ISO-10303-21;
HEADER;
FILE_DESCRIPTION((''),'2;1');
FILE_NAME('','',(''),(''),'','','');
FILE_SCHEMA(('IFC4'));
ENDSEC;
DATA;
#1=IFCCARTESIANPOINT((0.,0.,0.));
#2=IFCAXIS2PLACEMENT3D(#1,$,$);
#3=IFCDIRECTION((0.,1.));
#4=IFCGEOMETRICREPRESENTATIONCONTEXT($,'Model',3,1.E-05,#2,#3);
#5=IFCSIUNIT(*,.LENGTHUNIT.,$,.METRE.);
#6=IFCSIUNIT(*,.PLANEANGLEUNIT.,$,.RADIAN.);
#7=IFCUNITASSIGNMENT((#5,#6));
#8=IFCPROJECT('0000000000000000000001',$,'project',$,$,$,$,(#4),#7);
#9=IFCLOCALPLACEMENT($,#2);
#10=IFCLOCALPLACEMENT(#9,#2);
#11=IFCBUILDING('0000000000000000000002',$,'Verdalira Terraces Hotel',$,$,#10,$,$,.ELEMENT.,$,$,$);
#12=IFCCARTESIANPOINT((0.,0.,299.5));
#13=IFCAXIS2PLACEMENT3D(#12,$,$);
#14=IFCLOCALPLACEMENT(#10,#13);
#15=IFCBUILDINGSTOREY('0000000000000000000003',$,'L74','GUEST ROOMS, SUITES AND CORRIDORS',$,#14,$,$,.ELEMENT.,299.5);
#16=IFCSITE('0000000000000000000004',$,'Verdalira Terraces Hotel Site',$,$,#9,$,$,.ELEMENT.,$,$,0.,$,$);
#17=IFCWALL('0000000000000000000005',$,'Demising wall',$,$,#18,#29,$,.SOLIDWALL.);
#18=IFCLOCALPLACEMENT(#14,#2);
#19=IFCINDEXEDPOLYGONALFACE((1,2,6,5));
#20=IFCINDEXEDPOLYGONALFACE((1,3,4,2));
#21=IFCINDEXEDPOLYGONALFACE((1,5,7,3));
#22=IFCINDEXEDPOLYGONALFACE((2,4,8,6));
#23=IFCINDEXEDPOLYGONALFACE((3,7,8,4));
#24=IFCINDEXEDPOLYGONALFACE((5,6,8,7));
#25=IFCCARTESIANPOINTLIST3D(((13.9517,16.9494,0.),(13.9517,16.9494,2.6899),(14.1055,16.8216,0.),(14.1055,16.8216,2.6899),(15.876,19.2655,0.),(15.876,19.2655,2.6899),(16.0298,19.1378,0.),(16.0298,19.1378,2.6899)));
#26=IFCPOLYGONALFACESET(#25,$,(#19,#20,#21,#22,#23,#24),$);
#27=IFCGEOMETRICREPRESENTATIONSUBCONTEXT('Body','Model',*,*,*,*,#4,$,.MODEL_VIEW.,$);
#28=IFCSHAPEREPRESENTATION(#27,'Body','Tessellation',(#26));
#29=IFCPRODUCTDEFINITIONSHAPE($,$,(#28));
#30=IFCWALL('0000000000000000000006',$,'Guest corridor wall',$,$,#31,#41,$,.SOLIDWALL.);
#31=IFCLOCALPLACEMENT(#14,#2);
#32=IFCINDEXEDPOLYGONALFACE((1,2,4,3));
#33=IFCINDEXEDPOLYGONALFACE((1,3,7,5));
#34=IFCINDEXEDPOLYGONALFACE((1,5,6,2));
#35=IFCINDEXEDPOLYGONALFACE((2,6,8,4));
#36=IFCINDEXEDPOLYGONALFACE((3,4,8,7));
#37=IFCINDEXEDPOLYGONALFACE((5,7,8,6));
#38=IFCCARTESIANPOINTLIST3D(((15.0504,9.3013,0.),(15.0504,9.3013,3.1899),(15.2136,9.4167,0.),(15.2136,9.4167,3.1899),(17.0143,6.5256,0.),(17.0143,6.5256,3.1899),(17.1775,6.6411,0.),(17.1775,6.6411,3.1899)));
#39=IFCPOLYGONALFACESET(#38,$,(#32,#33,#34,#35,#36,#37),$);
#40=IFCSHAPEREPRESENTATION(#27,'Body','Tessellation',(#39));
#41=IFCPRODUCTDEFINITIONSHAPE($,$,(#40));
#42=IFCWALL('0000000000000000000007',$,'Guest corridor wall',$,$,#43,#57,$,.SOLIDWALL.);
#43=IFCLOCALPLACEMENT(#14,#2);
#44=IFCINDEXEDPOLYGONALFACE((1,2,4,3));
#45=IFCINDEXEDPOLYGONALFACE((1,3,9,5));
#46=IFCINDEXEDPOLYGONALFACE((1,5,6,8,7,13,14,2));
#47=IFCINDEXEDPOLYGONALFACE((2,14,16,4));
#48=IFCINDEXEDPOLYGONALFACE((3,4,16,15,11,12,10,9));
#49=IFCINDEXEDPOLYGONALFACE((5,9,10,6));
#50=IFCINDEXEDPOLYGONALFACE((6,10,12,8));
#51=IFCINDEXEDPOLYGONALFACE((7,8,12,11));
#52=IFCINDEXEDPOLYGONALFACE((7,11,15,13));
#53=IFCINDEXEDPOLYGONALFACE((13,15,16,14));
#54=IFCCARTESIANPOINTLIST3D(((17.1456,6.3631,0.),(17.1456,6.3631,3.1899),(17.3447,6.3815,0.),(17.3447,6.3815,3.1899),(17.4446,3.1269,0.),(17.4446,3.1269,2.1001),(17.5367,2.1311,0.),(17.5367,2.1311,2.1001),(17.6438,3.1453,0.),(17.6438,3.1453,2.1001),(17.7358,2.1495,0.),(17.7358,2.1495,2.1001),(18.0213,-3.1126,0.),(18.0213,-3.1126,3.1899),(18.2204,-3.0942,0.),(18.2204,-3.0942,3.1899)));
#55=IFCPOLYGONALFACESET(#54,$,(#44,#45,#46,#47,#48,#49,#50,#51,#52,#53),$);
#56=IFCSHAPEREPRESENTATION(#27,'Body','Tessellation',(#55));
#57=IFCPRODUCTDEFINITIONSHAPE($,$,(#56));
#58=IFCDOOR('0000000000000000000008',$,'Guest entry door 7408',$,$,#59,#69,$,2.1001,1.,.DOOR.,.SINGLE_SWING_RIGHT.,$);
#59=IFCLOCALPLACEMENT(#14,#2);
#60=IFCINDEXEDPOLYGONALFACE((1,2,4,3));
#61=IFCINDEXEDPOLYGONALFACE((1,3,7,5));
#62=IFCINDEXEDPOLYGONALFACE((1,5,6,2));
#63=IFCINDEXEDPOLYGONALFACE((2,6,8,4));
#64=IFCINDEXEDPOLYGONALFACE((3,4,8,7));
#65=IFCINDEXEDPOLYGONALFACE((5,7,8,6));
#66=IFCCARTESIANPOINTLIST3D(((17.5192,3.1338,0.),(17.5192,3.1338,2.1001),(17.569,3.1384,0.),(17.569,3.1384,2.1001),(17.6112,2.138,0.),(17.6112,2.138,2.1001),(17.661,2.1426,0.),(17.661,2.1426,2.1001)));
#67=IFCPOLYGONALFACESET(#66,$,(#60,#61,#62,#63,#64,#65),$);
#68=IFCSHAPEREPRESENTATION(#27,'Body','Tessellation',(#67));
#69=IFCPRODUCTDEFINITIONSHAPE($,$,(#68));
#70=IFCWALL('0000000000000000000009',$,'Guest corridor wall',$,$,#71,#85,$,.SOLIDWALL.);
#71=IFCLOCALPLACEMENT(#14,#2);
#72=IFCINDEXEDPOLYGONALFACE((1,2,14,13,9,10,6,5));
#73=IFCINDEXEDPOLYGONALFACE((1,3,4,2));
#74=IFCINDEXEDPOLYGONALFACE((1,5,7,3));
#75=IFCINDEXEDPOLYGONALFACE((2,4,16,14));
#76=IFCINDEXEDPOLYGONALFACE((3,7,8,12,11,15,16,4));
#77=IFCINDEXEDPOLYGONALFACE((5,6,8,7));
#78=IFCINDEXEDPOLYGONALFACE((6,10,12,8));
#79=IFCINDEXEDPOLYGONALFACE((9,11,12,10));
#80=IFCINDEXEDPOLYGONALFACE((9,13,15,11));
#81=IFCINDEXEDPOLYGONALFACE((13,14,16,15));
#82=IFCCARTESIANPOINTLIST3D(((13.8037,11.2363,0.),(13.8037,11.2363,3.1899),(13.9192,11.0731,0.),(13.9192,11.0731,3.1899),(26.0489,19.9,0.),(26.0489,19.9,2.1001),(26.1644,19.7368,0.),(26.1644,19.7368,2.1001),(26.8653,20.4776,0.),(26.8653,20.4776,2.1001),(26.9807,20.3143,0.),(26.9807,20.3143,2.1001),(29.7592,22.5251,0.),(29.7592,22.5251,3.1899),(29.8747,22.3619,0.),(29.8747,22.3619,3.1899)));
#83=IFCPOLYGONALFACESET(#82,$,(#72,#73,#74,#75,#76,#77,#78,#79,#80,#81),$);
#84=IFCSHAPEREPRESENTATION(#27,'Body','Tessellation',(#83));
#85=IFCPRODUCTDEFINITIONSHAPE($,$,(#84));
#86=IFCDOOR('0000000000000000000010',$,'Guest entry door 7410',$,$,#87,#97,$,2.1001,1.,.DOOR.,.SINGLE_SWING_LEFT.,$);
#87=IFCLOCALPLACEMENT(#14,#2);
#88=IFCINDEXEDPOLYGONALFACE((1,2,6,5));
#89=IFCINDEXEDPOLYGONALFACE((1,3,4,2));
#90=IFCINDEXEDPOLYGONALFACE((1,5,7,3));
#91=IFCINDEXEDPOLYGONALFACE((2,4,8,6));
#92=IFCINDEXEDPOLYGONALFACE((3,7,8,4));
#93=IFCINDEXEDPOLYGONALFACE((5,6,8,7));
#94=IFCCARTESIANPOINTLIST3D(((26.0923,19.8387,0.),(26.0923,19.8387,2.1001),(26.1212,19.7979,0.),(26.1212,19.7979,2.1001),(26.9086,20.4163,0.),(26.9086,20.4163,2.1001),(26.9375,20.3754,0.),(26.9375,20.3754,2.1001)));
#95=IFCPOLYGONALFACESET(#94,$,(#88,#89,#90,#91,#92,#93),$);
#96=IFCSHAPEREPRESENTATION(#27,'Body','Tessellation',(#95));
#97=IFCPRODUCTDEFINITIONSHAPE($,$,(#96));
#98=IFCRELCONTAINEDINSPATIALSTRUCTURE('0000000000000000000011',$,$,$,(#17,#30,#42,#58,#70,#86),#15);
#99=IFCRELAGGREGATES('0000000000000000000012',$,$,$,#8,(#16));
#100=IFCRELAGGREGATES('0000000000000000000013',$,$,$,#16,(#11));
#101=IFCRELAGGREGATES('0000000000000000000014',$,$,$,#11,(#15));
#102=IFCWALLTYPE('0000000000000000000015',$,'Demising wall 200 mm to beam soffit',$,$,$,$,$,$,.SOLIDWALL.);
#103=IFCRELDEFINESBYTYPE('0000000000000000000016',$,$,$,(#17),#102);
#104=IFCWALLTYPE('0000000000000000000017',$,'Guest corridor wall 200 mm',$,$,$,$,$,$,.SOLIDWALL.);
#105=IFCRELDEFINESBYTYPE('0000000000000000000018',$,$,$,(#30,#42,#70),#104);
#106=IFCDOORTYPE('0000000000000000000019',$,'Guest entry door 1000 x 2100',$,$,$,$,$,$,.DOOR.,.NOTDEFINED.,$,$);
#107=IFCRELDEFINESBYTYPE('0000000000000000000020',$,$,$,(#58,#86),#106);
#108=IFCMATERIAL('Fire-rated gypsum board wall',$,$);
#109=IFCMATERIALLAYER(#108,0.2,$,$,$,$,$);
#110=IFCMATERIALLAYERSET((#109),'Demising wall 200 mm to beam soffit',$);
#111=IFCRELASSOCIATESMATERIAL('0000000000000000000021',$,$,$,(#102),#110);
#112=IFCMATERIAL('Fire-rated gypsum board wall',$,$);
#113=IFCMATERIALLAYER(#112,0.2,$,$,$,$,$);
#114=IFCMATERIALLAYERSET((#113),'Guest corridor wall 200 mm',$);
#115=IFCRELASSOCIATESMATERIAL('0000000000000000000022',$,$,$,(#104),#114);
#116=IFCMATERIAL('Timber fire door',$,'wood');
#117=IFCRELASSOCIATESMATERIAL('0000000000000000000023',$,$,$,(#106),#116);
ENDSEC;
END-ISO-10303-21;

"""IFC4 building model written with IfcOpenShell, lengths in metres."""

from ifc_helpers import new_model, si_unit, direction, frame, frame_2d, origin, place, context, subcontext, project, spatial, rectangle, extrude, material, layer, layer_set, type_object, element, fill, save


model = new_model("IFC4")

# Units and contexts
model_context = context("Model", 3, precision=1e-05, world=origin(), true_north=direction((0.0, 1.0)))
body_context = subcontext(model_context, "Body", "Model", "MODEL_VIEW")
ifc_project = project(units=[si_unit("LENGTHUNIT", "METRE"), si_unit("PLANEANGLEUNIT", "RADIAN")], contexts=[model_context])

# Site, building, storey
site_placement = place(None, origin())
site = spatial("IfcSite", under=ifc_project, at=site_placement, Name="Verdalira Terraces Hotel Site", CompositionType="ELEMENT", RefElevation=0.0)
building_placement = place(site_placement, origin())
building = spatial("IfcBuilding", under=site, at=building_placement, Name="Verdalira Terraces Hotel", CompositionType="ELEMENT")
storey_placement = place(building_placement, frame((0.0, 0.0, 299.5)))
storey = spatial("IfcBuildingStorey", under=building, at=storey_placement, Name="L74", Description="GUEST ROOMS, SUITES AND CORRIDORS", CompositionType="ELEMENT", Elevation=299.5)

# Walls
ifc_material_1 = material(Name="Fire-rated gypsum board wall")
ifc_layer_1 = layer(ifc_material_1, 0.2)
ifc_layer_set_1 = layer_set([ifc_layer_1], Name="Demising wall 200 mm to beam soffit")
wall_type_1 = type_object("IfcWallType", Name="Demising wall 200 mm to beam soffit", PredefinedType="SOLIDWALL", material=ifc_layer_set_1)
wall_1_placement = place(storey_placement, frame((14.0286, 16.8855, 0.0), z_axis=(0.0, 0.0, 1.0), x_axis=(0.639043, 0.769171, 0.0)))
element("IfcWall", 1, at=wall_1_placement, inside=storey, type_object=wall_type_1, Name="Demising wall", PredefinedType="SOLIDWALL", context=body_context, shape_type="SweptSolid", body=[
    extrude(rectangle(XDim=3.0112, YDim=0.2, at=frame_2d((1.5056, 0.0))), origin(), (0.0, 0.0, 1.0), 2.6899),
])
ifc_material_2 = material(Name="Fire-rated gypsum board wall")
ifc_layer_2 = layer(ifc_material_2, 0.2)
ifc_layer_set_2 = layer_set([ifc_layer_2], Name="Guest corridor wall 200 mm")
wall_type_2 = type_object("IfcWallType", Name="Guest corridor wall 200 mm", PredefinedType="SOLIDWALL", material=ifc_layer_set_2)
wall_2_placement = place(storey_placement, frame((17.0959, 6.5833, 0.0), z_axis=(0.0, 0.0, 1.0), x_axis=(-0.577585, 0.816331, 0.0)))
element("IfcWall", 2, at=wall_2_placement, inside=storey, type_object=wall_type_2, Name="Guest corridor wall", PredefinedType="SOLIDWALL", context=body_context, shape_type="SweptSolid", body=[
    extrude(rectangle(XDim=3.4001, YDim=0.2, at=frame_2d((1.7002, 0.0))), origin(), (0.0, 0.0, 1.0), 3.1899),
])

# Walls, openings, doors
wall_3_placement = place(storey_placement, frame((17.2451, 6.3723, 0.0), z_axis=(0.0, 0.0, 1.0), x_axis=(0.092025, -0.995757, 0.0)))
wall_3 = element("IfcWall", 3, at=wall_3_placement, inside=storey, type_object=wall_type_2, Name="Guest corridor wall", PredefinedType="SOLIDWALL", context=body_context, shape_type="SweptSolid", body=[
    extrude(rectangle(XDim=9.5161, YDim=0.2, at=frame_2d((4.7581, 0.0))), origin(), (0.0, 0.0, 1.0), 3.1899),
])
opening_1_placement = place(wall_3_placement, frame((3.25, 0.0, 0.0)))
opening_1 = element("IfcOpeningElement", 4, at=opening_1_placement, cuts=wall_3, PredefinedType="OPENING", context=body_context, shape_type="SweptSolid", body=[
    extrude(rectangle(XDim=1.0, YDim=2.1001, at=frame_2d((0.5, 1.05))), frame((0.0, 0.1099, 0.0), z_axis=(0.0, -1.0, 0.0), x_axis=(1.0, 0.0, 0.0)), (0.0, 0.0, 1.0), 0.22),
])
ifc_material_3 = material(Name="Timber fire door", Category="wood")
door_type_1 = type_object("IfcDoorType", Name="Guest entry door 1000 x 2100", OperationType="NOTDEFINED", PredefinedType="DOOR", material=ifc_material_3)
door_1_placement = place(opening_1_placement, origin())
door_1 = element("IfcDoor", 5, at=door_1_placement, inside=storey, type_object=door_type_1, Name="Guest entry door 7408", OperationType="SINGLE_SWING_RIGHT", OverallHeight=2.1001, OverallWidth=1.0, PredefinedType="DOOR", context=body_context, shape_type="SweptSolid", body=[
    extrude(rectangle(XDim=1.0, YDim=2.1001, at=frame_2d((0.5, 1.05))), frame((0.0, 0.0249, 0.0), z_axis=(0.0, -1.0, 0.0), x_axis=(1.0, 0.0, 0.0)), (0.0, 0.0, 1.0), 0.05),
])
fill(opening_1, door_1)
wall_4_placement = place(storey_placement, frame((13.8616, 11.1548, 0.0), z_axis=(0.0, 0.0, 1.0), x_axis=(0.816339, 0.577573, 0.0)))
wall_4 = element("IfcWall", 6, at=wall_4_placement, inside=storey, type_object=wall_type_2, Name="Guest corridor wall", PredefinedType="SOLIDWALL", context=body_context, shape_type="SweptSolid", body=[
    extrude(rectangle(XDim=19.5452, YDim=0.2, at=frame_2d((9.7725, 0.0))), origin(), (0.0, 0.0, 1.0), 3.1899),
])
opening_2_placement = place(wall_4_placement, frame((15.0, 0.0, 0.0)))
opening_2 = element("IfcOpeningElement", 7, at=opening_2_placement, cuts=wall_4, PredefinedType="OPENING", context=body_context, shape_type="SweptSolid", body=[
    extrude(rectangle(XDim=1.0, YDim=2.1001, at=frame_2d((0.5, 1.05))), frame((0.0, 0.1099, 0.0), z_axis=(0.0, -1.0, 0.0), x_axis=(1.0, 0.0, 0.0)), (0.0, 0.0, 1.0), 0.22),
])
door_2_placement = place(opening_2_placement, origin())
door_2 = element("IfcDoor", 8, at=door_2_placement, inside=storey, type_object=door_type_1, Name="Guest entry door 7410", OperationType="SINGLE_SWING_LEFT", OverallHeight=2.1001, OverallWidth=1.0, PredefinedType="DOOR", context=body_context, shape_type="SweptSolid", body=[
    extrude(rectangle(XDim=1.0, YDim=2.1001, at=frame_2d((0.5, 1.05))), frame((0.0, 0.0249, 0.0), z_axis=(0.0, -1.0, 0.0), x_axis=(1.0, 0.0, 0.0)), (0.0, 0.0, 1.0), 0.05),
])
fill(opening_2, door_2)

save(model, "model.ifc")
